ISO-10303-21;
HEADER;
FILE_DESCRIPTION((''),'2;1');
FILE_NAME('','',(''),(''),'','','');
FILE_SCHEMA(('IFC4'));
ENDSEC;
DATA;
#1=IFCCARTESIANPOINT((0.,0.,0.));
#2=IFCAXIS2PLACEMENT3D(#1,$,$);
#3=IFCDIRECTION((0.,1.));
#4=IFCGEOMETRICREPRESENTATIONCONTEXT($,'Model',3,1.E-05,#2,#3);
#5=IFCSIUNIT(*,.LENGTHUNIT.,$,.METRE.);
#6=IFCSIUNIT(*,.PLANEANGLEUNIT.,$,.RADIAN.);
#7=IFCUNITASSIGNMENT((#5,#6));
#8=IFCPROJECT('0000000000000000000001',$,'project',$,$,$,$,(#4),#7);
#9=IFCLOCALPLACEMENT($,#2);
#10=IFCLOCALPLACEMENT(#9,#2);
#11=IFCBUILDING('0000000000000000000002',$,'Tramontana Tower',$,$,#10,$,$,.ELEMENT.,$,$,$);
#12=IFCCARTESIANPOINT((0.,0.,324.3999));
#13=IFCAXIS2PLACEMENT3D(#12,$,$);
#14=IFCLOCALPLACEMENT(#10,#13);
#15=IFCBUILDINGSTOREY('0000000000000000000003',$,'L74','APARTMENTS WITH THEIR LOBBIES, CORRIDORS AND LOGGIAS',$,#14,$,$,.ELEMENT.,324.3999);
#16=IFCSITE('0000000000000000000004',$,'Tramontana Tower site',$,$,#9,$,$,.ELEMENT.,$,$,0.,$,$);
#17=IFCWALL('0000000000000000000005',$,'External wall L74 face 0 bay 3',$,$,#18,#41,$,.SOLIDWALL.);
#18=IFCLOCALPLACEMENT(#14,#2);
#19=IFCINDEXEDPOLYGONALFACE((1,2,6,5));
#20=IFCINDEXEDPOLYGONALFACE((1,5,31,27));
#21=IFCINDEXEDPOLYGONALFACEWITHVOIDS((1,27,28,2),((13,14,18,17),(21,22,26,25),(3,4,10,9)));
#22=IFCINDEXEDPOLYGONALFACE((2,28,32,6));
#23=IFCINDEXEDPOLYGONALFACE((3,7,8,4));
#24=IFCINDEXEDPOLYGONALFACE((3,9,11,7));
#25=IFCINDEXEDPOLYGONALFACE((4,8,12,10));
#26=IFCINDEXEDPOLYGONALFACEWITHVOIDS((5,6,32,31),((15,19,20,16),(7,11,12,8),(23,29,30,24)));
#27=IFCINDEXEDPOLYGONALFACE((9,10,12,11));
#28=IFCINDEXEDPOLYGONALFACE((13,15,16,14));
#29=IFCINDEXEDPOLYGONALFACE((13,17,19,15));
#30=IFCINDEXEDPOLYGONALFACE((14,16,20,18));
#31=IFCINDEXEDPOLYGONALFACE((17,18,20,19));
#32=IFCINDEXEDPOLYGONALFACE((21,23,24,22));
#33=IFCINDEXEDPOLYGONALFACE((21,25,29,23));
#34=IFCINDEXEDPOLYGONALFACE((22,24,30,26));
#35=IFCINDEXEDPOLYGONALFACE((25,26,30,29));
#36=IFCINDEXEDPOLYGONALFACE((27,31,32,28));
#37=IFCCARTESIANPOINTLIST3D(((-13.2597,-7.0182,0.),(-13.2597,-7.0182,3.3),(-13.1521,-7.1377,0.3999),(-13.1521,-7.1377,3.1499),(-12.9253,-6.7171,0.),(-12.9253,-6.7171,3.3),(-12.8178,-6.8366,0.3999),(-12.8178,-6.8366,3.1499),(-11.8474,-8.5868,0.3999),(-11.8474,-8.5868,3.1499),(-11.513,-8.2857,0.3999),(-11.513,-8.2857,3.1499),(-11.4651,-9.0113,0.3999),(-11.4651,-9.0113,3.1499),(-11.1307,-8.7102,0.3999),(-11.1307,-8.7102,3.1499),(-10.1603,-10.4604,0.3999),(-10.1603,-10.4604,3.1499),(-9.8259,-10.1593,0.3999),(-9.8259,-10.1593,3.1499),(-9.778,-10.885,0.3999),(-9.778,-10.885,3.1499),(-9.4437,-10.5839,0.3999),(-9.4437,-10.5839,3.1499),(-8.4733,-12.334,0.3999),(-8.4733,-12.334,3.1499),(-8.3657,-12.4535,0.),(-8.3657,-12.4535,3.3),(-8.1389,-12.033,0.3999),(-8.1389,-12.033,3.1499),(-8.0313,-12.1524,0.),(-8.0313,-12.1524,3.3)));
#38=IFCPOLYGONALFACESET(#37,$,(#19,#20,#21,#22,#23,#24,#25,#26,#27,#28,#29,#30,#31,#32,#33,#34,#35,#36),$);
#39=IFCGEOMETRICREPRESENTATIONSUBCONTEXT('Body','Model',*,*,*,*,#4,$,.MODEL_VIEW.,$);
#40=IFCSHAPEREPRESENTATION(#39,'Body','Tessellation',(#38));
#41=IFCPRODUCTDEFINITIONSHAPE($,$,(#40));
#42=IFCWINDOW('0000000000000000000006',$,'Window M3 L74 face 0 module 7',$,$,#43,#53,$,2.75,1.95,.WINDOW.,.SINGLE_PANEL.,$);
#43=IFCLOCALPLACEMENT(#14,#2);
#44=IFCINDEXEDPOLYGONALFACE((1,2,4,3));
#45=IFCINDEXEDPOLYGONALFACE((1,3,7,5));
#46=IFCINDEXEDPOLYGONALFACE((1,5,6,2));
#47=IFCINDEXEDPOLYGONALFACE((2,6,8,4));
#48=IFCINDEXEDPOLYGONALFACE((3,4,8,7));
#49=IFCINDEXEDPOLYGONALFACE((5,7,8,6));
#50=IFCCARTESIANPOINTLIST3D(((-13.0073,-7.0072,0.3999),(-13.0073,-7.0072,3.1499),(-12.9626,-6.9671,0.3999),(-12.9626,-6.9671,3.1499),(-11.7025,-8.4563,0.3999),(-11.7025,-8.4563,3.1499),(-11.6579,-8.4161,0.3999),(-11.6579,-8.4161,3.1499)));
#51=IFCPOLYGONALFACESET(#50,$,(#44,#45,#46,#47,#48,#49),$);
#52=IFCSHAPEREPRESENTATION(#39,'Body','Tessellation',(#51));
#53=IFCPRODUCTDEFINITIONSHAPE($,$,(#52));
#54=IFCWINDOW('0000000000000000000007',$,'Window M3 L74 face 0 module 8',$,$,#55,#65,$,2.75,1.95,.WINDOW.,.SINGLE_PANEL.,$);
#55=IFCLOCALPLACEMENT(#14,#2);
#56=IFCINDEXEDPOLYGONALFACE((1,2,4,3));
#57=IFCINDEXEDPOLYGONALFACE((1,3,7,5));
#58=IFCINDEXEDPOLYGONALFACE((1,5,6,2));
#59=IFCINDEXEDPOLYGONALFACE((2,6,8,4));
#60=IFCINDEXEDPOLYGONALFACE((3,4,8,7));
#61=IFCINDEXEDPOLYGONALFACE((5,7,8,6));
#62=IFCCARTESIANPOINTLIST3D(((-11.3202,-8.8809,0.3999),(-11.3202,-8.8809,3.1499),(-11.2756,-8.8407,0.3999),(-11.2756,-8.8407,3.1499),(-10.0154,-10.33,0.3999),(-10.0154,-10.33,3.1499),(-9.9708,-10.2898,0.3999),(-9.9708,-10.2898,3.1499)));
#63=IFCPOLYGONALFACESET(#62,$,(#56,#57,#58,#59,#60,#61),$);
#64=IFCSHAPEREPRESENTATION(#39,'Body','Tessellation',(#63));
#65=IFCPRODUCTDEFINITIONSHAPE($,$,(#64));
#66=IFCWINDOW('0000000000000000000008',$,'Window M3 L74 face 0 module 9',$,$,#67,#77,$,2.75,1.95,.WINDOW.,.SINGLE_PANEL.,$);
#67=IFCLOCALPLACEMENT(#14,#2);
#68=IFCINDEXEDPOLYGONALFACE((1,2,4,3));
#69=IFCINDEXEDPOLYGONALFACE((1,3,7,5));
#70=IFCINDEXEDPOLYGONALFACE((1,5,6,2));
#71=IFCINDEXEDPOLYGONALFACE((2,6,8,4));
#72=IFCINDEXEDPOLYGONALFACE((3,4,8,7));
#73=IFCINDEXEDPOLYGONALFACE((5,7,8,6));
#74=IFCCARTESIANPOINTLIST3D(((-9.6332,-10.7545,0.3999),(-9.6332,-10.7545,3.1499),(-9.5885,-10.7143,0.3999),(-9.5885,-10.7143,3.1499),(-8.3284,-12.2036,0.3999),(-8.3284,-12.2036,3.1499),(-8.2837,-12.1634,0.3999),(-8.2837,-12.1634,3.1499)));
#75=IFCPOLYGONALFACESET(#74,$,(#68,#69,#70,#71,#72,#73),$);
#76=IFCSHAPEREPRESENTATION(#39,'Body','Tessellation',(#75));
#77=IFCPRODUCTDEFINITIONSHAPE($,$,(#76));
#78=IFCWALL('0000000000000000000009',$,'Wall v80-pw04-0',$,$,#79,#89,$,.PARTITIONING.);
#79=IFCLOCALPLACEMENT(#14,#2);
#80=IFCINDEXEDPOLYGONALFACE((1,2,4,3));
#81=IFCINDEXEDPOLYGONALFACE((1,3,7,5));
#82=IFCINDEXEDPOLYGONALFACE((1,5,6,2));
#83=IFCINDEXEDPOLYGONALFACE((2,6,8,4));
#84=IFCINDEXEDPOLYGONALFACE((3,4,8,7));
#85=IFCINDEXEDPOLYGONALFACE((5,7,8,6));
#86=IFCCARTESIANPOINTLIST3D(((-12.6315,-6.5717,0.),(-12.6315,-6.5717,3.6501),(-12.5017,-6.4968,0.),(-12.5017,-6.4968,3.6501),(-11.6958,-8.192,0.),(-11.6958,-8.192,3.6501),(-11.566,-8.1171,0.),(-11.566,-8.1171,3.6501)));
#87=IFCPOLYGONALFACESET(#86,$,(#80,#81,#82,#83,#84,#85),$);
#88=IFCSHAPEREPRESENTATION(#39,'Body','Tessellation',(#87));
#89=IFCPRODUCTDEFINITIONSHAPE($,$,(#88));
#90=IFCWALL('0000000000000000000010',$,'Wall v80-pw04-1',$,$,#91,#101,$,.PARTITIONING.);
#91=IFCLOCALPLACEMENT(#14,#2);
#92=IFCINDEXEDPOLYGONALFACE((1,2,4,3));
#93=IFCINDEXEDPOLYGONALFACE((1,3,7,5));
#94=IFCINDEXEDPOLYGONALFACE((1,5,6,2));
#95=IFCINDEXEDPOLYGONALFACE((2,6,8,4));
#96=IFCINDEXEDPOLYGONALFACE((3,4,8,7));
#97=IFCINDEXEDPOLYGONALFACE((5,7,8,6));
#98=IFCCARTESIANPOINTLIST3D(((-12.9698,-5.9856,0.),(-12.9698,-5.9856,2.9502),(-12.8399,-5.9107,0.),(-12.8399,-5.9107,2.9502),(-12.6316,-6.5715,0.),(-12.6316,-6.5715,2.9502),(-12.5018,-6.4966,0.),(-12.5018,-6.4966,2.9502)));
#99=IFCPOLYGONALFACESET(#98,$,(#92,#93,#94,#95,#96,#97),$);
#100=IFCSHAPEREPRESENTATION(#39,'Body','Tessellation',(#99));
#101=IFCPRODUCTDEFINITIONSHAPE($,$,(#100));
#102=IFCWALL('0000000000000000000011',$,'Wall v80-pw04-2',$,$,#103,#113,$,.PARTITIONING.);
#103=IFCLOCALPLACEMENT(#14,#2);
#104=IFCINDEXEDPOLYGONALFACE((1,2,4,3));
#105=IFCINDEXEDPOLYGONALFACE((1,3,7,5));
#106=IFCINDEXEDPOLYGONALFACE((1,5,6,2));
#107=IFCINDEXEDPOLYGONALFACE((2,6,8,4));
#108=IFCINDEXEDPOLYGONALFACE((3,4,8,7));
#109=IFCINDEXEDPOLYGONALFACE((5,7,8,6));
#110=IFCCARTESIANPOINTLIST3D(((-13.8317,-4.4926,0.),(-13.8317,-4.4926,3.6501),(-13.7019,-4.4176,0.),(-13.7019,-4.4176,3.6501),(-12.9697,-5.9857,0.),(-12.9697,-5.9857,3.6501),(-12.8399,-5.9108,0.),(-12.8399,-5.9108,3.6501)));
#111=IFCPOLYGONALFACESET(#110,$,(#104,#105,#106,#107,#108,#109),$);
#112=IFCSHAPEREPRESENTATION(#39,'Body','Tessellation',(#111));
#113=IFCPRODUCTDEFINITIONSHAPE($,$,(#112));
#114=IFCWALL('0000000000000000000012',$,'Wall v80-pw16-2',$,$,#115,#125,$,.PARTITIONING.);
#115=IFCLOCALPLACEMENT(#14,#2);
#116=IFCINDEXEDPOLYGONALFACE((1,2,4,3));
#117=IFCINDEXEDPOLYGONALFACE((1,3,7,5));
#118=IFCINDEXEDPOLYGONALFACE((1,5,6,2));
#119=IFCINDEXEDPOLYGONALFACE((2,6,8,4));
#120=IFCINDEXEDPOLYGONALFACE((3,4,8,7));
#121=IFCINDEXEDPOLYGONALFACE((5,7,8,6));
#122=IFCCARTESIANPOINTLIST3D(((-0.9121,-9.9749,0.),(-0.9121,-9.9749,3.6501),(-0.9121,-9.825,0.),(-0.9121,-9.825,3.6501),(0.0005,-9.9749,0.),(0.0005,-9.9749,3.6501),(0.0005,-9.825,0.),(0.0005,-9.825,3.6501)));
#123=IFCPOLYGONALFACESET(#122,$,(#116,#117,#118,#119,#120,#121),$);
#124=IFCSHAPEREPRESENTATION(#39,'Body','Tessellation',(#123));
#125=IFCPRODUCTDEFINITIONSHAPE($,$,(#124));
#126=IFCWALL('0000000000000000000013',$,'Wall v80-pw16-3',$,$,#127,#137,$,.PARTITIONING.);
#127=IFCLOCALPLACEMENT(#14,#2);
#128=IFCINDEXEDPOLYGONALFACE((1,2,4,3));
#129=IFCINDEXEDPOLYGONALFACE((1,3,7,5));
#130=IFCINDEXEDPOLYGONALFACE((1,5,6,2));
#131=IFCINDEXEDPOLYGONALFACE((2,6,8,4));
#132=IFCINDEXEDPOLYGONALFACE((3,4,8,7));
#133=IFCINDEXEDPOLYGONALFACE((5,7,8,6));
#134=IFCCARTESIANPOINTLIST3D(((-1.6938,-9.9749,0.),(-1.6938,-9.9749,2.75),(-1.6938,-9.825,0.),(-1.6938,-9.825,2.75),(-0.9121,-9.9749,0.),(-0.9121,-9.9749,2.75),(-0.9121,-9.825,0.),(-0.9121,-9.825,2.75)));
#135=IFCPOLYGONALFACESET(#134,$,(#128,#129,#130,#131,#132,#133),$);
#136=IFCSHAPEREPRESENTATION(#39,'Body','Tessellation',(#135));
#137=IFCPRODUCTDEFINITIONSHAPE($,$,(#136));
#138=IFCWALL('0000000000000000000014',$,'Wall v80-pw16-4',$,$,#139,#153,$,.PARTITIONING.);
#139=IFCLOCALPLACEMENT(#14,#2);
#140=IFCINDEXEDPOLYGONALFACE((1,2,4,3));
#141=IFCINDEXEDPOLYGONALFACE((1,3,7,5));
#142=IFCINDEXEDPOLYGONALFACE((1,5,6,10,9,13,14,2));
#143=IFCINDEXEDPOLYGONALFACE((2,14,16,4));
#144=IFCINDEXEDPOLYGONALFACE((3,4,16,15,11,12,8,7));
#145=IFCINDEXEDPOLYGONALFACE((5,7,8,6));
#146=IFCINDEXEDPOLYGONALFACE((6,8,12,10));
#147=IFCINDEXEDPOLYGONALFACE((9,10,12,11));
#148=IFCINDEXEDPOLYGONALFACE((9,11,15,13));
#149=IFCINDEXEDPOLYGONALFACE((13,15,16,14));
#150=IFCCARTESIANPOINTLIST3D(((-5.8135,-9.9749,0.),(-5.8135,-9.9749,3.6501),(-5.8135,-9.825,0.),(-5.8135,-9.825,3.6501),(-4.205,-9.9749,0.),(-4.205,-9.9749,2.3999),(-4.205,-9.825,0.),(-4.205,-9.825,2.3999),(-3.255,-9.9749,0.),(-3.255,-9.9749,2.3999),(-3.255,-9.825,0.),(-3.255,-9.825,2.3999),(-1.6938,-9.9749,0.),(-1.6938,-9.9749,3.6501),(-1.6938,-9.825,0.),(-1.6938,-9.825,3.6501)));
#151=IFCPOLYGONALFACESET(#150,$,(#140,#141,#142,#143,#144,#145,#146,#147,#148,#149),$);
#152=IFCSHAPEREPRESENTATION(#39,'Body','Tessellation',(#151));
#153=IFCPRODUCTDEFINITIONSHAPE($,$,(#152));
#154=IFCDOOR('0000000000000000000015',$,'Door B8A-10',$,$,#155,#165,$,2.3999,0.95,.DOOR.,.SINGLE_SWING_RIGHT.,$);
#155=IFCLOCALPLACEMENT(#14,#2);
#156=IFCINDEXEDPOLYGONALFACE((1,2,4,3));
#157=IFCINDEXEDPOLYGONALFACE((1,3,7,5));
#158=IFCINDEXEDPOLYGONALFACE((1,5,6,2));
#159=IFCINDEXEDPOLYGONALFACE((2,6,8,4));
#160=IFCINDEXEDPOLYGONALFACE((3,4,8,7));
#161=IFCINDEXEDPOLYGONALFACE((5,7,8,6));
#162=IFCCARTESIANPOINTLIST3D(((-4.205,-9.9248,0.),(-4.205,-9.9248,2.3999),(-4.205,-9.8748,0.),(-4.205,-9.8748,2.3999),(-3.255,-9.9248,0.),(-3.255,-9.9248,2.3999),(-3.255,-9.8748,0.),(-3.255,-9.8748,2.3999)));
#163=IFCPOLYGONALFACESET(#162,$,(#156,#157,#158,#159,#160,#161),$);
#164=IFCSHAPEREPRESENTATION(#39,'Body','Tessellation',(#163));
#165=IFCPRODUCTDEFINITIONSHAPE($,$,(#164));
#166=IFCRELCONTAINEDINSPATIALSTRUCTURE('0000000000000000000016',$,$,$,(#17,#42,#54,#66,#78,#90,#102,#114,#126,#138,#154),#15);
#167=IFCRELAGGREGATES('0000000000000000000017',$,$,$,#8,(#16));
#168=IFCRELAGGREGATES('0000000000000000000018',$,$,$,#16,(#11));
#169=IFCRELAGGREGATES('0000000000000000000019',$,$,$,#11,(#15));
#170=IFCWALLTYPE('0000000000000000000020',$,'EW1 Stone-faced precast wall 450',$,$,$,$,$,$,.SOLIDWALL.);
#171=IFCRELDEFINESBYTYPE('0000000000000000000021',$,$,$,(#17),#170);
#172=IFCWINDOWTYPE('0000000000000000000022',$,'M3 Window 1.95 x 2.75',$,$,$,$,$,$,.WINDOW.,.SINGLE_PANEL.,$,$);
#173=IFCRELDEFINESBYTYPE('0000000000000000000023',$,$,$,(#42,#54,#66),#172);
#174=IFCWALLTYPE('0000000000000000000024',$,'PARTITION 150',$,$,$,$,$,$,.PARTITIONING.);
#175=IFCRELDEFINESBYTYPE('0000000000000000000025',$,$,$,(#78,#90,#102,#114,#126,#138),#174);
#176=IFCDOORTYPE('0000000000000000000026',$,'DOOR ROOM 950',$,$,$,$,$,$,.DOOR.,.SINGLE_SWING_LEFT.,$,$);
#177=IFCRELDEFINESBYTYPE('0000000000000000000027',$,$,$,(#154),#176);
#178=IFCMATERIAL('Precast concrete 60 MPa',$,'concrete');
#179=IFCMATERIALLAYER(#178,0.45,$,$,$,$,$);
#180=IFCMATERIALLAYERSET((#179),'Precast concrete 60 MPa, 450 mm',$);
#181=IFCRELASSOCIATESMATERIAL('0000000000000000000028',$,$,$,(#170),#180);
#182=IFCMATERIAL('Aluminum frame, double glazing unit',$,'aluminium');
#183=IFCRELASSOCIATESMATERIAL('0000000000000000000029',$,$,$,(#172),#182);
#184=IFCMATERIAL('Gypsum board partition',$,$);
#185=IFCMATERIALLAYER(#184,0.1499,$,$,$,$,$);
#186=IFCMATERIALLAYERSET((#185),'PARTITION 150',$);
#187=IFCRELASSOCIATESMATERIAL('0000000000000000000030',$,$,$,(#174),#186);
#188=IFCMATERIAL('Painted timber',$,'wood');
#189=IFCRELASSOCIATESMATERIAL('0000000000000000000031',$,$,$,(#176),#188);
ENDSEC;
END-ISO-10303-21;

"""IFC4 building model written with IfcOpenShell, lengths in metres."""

from ifc_helpers import new_model, si_unit, direction, frame, frame_2d, origin, place, context, subcontext, project, spatial, rectangle, extrude, material, layer, layer_set, type_object, element, fill, save


model = new_model("IFC4")

# Units and contexts
model_context = context("Model", 3, precision=1e-05, world=origin(), true_north=direction((0.0, 1.0)))
body_context = subcontext(model_context, "Body", "Model", "MODEL_VIEW")
ifc_project = project(units=[si_unit("LENGTHUNIT", "METRE"), si_unit("PLANEANGLEUNIT", "RADIAN")], contexts=[model_context])

# Site, building, storey
site_placement = place(None, origin())
site = spatial("IfcSite", under=ifc_project, at=site_placement, Name="Tramontana Tower site", CompositionType="ELEMENT", RefElevation=0.0)
building_placement = place(site_placement, origin())
building = spatial("IfcBuilding", under=site, at=building_placement, Name="Tramontana Tower", CompositionType="ELEMENT")
storey_placement = place(building_placement, frame((0.0, 0.0, 324.3999)))
storey = spatial("IfcBuildingStorey", under=building, at=storey_placement, Name="L74", Description="APARTMENTS WITH THEIR LOBBIES, CORRIDORS AND LOGGIAS", CompositionType="ELEMENT", Elevation=324.3999)

# Wall, openings, windows
ifc_material_1 = material(Name="Precast concrete 60 MPa", Category="concrete")
ifc_layer_1 = layer(ifc_material_1, 0.45)
ifc_layer_set_1 = layer_set([ifc_layer_1], Name="Precast concrete 60 MPa, 450 mm")
wall_type_1 = type_object("IfcWallType", Name="EW1 Stone-faced precast wall 450", PredefinedType="SOLIDWALL", material=ifc_layer_set_1)
wall_1_placement = place(storey_placement, frame((-13.0925, -6.8677, 0.0), z_axis=(0.0, 0.0, 1.0), x_axis=(0.669136, -0.74314, 0.0)))
wall_1 = element("IfcWall", 1, at=wall_1_placement, inside=storey, type_object=wall_type_1, Name="External wall L74 face 0 bay 3", PredefinedType="SOLIDWALL", context=body_context, shape_type="SweptSolid", body=[
    extrude(rectangle(XDim=7.314, YDim=0.45, at=frame_2d((3.657, 0.0))), origin(), (0.0, 0.0, 1.0), 3.3),
])
opening_1_placement = place(wall_1_placement, frame((0.1606, 0.0, 0.3999)))
opening_1 = element("IfcOpeningElement", 2, at=opening_1_placement, cuts=wall_1, PredefinedType="OPENING", context=body_context, shape_type="SweptSolid", body=[
    extrude(rectangle(XDim=1.95, YDim=2.75, at=frame_2d((0.9751, 1.375))), frame((0.0, 0.2349, 0.0), z_axis=(0.0, -1.0, 0.0), x_axis=(1.0, 0.0, 0.0)), (0.0, 0.0, 1.0), 0.47),
])
opening_2_placement = place(wall_1_placement, frame((2.6819, 0.0, 0.3999)))
opening_2 = element("IfcOpeningElement", 3, at=opening_2_placement, cuts=wall_1, PredefinedType="OPENING", context=body_context, shape_type="SweptSolid", body=[
    extrude(rectangle(XDim=1.95, YDim=2.75, at=frame_2d((0.9751, 1.375))), frame((0.0, 0.2349, 0.0), z_axis=(0.0, -1.0, 0.0), x_axis=(1.0, 0.0, 0.0)), (0.0, 0.0, 1.0), 0.47),
])
opening_3_placement = place(wall_1_placement, frame((5.2031, 0.0, 0.3999)))
opening_3 = element("IfcOpeningElement", 4, at=opening_3_placement, cuts=wall_1, PredefinedType="OPENING", context=body_context, shape_type="SweptSolid", body=[
    extrude(rectangle(XDim=1.95, YDim=2.75, at=frame_2d((0.9751, 1.375))), frame((0.0, 0.2349, 0.0), z_axis=(0.0, -1.0, 0.0), x_axis=(1.0, 0.0, 0.0)), (0.0, 0.0, 1.0), 0.47),
])
ifc_material_2 = material(Name="Aluminum frame, double glazing unit", Category="aluminium")
window_type = type_object("IfcWindowType", Name="M3 Window 1.95 x 2.75", PartitioningType="SINGLE_PANEL", PredefinedType="WINDOW", material=ifc_material_2)
window_1_placement = place(opening_1_placement, origin())
window_1 = element("IfcWindow", 5, at=window_1_placement, inside=storey, type_object=window_type, Name="Window M3 L74 face 0 module 7", OverallHeight=2.75, OverallWidth=1.95, PartitioningType="SINGLE_PANEL", PredefinedType="WINDOW", context=body_context, shape_type="SweptSolid", body=[
    extrude(rectangle(XDim=1.95, YDim=2.75, at=frame_2d((0.9751, 1.375))), frame((0.0, 0.03, 0.0), z_axis=(0.0, -1.0, 0.0), x_axis=(1.0, 0.0, 0.0)), (0.0, 0.0, 1.0), 0.0601),
])
fill(opening_1, window_1)
window_2_placement = place(opening_2_placement, origin())
window_2 = element("IfcWindow", 6, at=window_2_placement, inside=storey, type_object=window_type, Name="Window M3 L74 face 0 module 8", OverallHeight=2.75, OverallWidth=1.95, PartitioningType="SINGLE_PANEL", PredefinedType="WINDOW", context=body_context, shape_type="SweptSolid", body=[
    extrude(rectangle(XDim=1.95, YDim=2.75, at=frame_2d((0.9751, 1.375))), frame((0.0, 0.03, 0.0), z_axis=(0.0, -1.0, 0.0), x_axis=(1.0, 0.0, 0.0)), (0.0, 0.0, 1.0), 0.0601),
])
fill(opening_2, window_2)
window_3_placement = place(opening_3_placement, origin())
window_3 = element("IfcWindow", 7, at=window_3_placement, inside=storey, type_object=window_type, Name="Window M3 L74 face 0 module 9", OverallHeight=2.75, OverallWidth=1.95, PartitioningType="SINGLE_PANEL", PredefinedType="WINDOW", context=body_context, shape_type="SweptSolid", body=[
    extrude(rectangle(XDim=1.95, YDim=2.75, at=frame_2d((0.9751, 1.375))), frame((0.0, 0.03, 0.0), z_axis=(0.0, -1.0, 0.0), x_axis=(1.0, 0.0, 0.0)), (0.0, 0.0, 1.0), 0.0601),
])
fill(opening_3, window_3)

# Walls
ifc_material_3 = material(Name="Gypsum board partition")
ifc_layer_2 = layer(ifc_material_3, 0.1499)
ifc_layer_set_2 = layer_set([ifc_layer_2], Name="PARTITION 150")
wall_type_2 = type_object("IfcWallType", Name="PARTITION 150", PredefinedType="PARTITIONING", material=ifc_layer_set_2)
wall_2_placement = place(storey_placement, frame((-11.6309, -8.1545, 0.0), z_axis=(0.0, 0.0, 1.0), x_axis=(-0.50011, 0.865962, 0.0)))
element("IfcWall", 8, at=wall_2_placement, inside=storey, type_object=wall_type_2, Name="Wall v80-pw04-0", PredefinedType="PARTITIONING", context=body_context, shape_type="SweptSolid", body=[
    extrude(rectangle(XDim=1.8711, YDim=0.1499, at=frame_2d((0.9355, 0.0))), origin(), (0.0, 0.0, 1.0), 3.6501),
])
wall_3_placement = place(storey_placement, frame((-12.5667, -6.5342, 0.0), z_axis=(0.0, 0.0, 1.0), x_axis=(-0.499827, 0.866125, 0.0)))
element("IfcWall", 9, at=wall_3_placement, inside=storey, type_object=wall_type_2, Name="Wall v80-pw04-1", PredefinedType="PARTITIONING", context=body_context, shape_type="SweptSolid", body=[
    extrude(rectangle(XDim=0.6765, YDim=0.1499, at=frame_2d((0.3384, 0.0))), origin(), (0.0, 0.0, 1.0), 2.9502),
])
wall_4_placement = place(storey_placement, frame((-12.9048, -5.9482, 0.0), z_axis=(0.0, 0.0, 1.0), x_axis=(-0.499992, 0.86603, 0.0)))
element("IfcWall", 10, at=wall_4_placement, inside=storey, type_object=wall_type_2, Name="Wall v80-pw04-2", PredefinedType="PARTITIONING", context=body_context, shape_type="SweptSolid", body=[
    extrude(rectangle(XDim=1.7241, YDim=0.1499, at=frame_2d((0.8621, 0.0))), origin(), (0.0, 0.0, 1.0), 3.6501),
])
wall_5_placement = place(storey_placement, frame((0.0005, -9.8999, 0.0), z_axis=(0.0, 0.0, 1.0), x_axis=(-1.0, 0.0, 0.0)))
element("IfcWall", 11, at=wall_5_placement, inside=storey, type_object=wall_type_2, Name="Wall v80-pw16-2", PredefinedType="PARTITIONING", context=body_context, shape_type="SweptSolid", body=[
    extrude(rectangle(XDim=0.9126, YDim=0.1499, at=frame_2d((0.4563, 0.0))), origin(), (0.0, 0.0, 1.0), 3.6501),
])
wall_6_placement = place(storey_placement, frame((-0.9121, -9.8999, 0.0), z_axis=(0.0, 0.0, 1.0), x_axis=(-1.0, 0.0, 0.0)))
element("IfcWall", 12, at=wall_6_placement, inside=storey, type_object=wall_type_2, Name="Wall v80-pw16-3", PredefinedType="PARTITIONING", context=body_context, shape_type="SweptSolid", body=[
    extrude(rectangle(XDim=0.7817, YDim=0.1499, at=frame_2d((0.3909, 0.0))), origin(), (0.0, 0.0, 1.0), 2.75),
])

# Wall, opening, door
wall_7_placement = place(storey_placement, frame((-1.6938, -9.8999, 0.0), z_axis=(0.0, 0.0, 1.0), x_axis=(-1.0, 0.0, 0.0)))
wall_7 = element("IfcWall", 13, at=wall_7_placement, inside=storey, type_object=wall_type_2, Name="Wall v80-pw16-4", PredefinedType="PARTITIONING", context=body_context, shape_type="SweptSolid", body=[
    extrude(rectangle(XDim=4.1196, YDim=0.1499, at=frame_2d((2.0598, 0.0))), origin(), (0.0, 0.0, 1.0), 3.6501),
])
opening_4_placement = place(wall_7_placement, frame((1.561, 0.0, 0.0)))
opening_4 = element("IfcOpeningElement", 14, at=opening_4_placement, cuts=wall_7, PredefinedType="OPENING", context=body_context, shape_type="SweptSolid", body=[
    extrude(rectangle(XDim=0.95, YDim=2.3999, at=frame_2d((0.4751, 1.2))), frame((0.0, 0.085, 0.0), z_axis=(0.0, -1.0, 0.0), x_axis=(1.0, 0.0, 0.0)), (0.0, 0.0, 1.0), 0.1699),
])
ifc_material_4 = material(Name="Painted timber", Category="wood")
door_type_1 = type_object("IfcDoorType", Name="DOOR ROOM 950", OperationType="SINGLE_SWING_LEFT", PredefinedType="DOOR", material=ifc_material_4)
door_1_placement = place(opening_4_placement, origin())
door_1 = element("IfcDoor", 15, at=door_1_placement, inside=storey, type_object=door_type_1, Name="Door B8A-10", OperationType="SINGLE_SWING_RIGHT", OverallHeight=2.3999, OverallWidth=0.95, PredefinedType="DOOR", context=body_context, shape_type="SweptSolid", body=[
    extrude(rectangle(XDim=0.95, YDim=2.3999, at=frame_2d((0.4751, 1.2))), frame((0.0, 0.0249, 0.0), z_axis=(0.0, -1.0, 0.0), x_axis=(1.0, 0.0, 0.0)), (0.0, 0.0, 1.0), 0.05),
])
fill(opening_4, door_1)

save(model, "model.ifc")
